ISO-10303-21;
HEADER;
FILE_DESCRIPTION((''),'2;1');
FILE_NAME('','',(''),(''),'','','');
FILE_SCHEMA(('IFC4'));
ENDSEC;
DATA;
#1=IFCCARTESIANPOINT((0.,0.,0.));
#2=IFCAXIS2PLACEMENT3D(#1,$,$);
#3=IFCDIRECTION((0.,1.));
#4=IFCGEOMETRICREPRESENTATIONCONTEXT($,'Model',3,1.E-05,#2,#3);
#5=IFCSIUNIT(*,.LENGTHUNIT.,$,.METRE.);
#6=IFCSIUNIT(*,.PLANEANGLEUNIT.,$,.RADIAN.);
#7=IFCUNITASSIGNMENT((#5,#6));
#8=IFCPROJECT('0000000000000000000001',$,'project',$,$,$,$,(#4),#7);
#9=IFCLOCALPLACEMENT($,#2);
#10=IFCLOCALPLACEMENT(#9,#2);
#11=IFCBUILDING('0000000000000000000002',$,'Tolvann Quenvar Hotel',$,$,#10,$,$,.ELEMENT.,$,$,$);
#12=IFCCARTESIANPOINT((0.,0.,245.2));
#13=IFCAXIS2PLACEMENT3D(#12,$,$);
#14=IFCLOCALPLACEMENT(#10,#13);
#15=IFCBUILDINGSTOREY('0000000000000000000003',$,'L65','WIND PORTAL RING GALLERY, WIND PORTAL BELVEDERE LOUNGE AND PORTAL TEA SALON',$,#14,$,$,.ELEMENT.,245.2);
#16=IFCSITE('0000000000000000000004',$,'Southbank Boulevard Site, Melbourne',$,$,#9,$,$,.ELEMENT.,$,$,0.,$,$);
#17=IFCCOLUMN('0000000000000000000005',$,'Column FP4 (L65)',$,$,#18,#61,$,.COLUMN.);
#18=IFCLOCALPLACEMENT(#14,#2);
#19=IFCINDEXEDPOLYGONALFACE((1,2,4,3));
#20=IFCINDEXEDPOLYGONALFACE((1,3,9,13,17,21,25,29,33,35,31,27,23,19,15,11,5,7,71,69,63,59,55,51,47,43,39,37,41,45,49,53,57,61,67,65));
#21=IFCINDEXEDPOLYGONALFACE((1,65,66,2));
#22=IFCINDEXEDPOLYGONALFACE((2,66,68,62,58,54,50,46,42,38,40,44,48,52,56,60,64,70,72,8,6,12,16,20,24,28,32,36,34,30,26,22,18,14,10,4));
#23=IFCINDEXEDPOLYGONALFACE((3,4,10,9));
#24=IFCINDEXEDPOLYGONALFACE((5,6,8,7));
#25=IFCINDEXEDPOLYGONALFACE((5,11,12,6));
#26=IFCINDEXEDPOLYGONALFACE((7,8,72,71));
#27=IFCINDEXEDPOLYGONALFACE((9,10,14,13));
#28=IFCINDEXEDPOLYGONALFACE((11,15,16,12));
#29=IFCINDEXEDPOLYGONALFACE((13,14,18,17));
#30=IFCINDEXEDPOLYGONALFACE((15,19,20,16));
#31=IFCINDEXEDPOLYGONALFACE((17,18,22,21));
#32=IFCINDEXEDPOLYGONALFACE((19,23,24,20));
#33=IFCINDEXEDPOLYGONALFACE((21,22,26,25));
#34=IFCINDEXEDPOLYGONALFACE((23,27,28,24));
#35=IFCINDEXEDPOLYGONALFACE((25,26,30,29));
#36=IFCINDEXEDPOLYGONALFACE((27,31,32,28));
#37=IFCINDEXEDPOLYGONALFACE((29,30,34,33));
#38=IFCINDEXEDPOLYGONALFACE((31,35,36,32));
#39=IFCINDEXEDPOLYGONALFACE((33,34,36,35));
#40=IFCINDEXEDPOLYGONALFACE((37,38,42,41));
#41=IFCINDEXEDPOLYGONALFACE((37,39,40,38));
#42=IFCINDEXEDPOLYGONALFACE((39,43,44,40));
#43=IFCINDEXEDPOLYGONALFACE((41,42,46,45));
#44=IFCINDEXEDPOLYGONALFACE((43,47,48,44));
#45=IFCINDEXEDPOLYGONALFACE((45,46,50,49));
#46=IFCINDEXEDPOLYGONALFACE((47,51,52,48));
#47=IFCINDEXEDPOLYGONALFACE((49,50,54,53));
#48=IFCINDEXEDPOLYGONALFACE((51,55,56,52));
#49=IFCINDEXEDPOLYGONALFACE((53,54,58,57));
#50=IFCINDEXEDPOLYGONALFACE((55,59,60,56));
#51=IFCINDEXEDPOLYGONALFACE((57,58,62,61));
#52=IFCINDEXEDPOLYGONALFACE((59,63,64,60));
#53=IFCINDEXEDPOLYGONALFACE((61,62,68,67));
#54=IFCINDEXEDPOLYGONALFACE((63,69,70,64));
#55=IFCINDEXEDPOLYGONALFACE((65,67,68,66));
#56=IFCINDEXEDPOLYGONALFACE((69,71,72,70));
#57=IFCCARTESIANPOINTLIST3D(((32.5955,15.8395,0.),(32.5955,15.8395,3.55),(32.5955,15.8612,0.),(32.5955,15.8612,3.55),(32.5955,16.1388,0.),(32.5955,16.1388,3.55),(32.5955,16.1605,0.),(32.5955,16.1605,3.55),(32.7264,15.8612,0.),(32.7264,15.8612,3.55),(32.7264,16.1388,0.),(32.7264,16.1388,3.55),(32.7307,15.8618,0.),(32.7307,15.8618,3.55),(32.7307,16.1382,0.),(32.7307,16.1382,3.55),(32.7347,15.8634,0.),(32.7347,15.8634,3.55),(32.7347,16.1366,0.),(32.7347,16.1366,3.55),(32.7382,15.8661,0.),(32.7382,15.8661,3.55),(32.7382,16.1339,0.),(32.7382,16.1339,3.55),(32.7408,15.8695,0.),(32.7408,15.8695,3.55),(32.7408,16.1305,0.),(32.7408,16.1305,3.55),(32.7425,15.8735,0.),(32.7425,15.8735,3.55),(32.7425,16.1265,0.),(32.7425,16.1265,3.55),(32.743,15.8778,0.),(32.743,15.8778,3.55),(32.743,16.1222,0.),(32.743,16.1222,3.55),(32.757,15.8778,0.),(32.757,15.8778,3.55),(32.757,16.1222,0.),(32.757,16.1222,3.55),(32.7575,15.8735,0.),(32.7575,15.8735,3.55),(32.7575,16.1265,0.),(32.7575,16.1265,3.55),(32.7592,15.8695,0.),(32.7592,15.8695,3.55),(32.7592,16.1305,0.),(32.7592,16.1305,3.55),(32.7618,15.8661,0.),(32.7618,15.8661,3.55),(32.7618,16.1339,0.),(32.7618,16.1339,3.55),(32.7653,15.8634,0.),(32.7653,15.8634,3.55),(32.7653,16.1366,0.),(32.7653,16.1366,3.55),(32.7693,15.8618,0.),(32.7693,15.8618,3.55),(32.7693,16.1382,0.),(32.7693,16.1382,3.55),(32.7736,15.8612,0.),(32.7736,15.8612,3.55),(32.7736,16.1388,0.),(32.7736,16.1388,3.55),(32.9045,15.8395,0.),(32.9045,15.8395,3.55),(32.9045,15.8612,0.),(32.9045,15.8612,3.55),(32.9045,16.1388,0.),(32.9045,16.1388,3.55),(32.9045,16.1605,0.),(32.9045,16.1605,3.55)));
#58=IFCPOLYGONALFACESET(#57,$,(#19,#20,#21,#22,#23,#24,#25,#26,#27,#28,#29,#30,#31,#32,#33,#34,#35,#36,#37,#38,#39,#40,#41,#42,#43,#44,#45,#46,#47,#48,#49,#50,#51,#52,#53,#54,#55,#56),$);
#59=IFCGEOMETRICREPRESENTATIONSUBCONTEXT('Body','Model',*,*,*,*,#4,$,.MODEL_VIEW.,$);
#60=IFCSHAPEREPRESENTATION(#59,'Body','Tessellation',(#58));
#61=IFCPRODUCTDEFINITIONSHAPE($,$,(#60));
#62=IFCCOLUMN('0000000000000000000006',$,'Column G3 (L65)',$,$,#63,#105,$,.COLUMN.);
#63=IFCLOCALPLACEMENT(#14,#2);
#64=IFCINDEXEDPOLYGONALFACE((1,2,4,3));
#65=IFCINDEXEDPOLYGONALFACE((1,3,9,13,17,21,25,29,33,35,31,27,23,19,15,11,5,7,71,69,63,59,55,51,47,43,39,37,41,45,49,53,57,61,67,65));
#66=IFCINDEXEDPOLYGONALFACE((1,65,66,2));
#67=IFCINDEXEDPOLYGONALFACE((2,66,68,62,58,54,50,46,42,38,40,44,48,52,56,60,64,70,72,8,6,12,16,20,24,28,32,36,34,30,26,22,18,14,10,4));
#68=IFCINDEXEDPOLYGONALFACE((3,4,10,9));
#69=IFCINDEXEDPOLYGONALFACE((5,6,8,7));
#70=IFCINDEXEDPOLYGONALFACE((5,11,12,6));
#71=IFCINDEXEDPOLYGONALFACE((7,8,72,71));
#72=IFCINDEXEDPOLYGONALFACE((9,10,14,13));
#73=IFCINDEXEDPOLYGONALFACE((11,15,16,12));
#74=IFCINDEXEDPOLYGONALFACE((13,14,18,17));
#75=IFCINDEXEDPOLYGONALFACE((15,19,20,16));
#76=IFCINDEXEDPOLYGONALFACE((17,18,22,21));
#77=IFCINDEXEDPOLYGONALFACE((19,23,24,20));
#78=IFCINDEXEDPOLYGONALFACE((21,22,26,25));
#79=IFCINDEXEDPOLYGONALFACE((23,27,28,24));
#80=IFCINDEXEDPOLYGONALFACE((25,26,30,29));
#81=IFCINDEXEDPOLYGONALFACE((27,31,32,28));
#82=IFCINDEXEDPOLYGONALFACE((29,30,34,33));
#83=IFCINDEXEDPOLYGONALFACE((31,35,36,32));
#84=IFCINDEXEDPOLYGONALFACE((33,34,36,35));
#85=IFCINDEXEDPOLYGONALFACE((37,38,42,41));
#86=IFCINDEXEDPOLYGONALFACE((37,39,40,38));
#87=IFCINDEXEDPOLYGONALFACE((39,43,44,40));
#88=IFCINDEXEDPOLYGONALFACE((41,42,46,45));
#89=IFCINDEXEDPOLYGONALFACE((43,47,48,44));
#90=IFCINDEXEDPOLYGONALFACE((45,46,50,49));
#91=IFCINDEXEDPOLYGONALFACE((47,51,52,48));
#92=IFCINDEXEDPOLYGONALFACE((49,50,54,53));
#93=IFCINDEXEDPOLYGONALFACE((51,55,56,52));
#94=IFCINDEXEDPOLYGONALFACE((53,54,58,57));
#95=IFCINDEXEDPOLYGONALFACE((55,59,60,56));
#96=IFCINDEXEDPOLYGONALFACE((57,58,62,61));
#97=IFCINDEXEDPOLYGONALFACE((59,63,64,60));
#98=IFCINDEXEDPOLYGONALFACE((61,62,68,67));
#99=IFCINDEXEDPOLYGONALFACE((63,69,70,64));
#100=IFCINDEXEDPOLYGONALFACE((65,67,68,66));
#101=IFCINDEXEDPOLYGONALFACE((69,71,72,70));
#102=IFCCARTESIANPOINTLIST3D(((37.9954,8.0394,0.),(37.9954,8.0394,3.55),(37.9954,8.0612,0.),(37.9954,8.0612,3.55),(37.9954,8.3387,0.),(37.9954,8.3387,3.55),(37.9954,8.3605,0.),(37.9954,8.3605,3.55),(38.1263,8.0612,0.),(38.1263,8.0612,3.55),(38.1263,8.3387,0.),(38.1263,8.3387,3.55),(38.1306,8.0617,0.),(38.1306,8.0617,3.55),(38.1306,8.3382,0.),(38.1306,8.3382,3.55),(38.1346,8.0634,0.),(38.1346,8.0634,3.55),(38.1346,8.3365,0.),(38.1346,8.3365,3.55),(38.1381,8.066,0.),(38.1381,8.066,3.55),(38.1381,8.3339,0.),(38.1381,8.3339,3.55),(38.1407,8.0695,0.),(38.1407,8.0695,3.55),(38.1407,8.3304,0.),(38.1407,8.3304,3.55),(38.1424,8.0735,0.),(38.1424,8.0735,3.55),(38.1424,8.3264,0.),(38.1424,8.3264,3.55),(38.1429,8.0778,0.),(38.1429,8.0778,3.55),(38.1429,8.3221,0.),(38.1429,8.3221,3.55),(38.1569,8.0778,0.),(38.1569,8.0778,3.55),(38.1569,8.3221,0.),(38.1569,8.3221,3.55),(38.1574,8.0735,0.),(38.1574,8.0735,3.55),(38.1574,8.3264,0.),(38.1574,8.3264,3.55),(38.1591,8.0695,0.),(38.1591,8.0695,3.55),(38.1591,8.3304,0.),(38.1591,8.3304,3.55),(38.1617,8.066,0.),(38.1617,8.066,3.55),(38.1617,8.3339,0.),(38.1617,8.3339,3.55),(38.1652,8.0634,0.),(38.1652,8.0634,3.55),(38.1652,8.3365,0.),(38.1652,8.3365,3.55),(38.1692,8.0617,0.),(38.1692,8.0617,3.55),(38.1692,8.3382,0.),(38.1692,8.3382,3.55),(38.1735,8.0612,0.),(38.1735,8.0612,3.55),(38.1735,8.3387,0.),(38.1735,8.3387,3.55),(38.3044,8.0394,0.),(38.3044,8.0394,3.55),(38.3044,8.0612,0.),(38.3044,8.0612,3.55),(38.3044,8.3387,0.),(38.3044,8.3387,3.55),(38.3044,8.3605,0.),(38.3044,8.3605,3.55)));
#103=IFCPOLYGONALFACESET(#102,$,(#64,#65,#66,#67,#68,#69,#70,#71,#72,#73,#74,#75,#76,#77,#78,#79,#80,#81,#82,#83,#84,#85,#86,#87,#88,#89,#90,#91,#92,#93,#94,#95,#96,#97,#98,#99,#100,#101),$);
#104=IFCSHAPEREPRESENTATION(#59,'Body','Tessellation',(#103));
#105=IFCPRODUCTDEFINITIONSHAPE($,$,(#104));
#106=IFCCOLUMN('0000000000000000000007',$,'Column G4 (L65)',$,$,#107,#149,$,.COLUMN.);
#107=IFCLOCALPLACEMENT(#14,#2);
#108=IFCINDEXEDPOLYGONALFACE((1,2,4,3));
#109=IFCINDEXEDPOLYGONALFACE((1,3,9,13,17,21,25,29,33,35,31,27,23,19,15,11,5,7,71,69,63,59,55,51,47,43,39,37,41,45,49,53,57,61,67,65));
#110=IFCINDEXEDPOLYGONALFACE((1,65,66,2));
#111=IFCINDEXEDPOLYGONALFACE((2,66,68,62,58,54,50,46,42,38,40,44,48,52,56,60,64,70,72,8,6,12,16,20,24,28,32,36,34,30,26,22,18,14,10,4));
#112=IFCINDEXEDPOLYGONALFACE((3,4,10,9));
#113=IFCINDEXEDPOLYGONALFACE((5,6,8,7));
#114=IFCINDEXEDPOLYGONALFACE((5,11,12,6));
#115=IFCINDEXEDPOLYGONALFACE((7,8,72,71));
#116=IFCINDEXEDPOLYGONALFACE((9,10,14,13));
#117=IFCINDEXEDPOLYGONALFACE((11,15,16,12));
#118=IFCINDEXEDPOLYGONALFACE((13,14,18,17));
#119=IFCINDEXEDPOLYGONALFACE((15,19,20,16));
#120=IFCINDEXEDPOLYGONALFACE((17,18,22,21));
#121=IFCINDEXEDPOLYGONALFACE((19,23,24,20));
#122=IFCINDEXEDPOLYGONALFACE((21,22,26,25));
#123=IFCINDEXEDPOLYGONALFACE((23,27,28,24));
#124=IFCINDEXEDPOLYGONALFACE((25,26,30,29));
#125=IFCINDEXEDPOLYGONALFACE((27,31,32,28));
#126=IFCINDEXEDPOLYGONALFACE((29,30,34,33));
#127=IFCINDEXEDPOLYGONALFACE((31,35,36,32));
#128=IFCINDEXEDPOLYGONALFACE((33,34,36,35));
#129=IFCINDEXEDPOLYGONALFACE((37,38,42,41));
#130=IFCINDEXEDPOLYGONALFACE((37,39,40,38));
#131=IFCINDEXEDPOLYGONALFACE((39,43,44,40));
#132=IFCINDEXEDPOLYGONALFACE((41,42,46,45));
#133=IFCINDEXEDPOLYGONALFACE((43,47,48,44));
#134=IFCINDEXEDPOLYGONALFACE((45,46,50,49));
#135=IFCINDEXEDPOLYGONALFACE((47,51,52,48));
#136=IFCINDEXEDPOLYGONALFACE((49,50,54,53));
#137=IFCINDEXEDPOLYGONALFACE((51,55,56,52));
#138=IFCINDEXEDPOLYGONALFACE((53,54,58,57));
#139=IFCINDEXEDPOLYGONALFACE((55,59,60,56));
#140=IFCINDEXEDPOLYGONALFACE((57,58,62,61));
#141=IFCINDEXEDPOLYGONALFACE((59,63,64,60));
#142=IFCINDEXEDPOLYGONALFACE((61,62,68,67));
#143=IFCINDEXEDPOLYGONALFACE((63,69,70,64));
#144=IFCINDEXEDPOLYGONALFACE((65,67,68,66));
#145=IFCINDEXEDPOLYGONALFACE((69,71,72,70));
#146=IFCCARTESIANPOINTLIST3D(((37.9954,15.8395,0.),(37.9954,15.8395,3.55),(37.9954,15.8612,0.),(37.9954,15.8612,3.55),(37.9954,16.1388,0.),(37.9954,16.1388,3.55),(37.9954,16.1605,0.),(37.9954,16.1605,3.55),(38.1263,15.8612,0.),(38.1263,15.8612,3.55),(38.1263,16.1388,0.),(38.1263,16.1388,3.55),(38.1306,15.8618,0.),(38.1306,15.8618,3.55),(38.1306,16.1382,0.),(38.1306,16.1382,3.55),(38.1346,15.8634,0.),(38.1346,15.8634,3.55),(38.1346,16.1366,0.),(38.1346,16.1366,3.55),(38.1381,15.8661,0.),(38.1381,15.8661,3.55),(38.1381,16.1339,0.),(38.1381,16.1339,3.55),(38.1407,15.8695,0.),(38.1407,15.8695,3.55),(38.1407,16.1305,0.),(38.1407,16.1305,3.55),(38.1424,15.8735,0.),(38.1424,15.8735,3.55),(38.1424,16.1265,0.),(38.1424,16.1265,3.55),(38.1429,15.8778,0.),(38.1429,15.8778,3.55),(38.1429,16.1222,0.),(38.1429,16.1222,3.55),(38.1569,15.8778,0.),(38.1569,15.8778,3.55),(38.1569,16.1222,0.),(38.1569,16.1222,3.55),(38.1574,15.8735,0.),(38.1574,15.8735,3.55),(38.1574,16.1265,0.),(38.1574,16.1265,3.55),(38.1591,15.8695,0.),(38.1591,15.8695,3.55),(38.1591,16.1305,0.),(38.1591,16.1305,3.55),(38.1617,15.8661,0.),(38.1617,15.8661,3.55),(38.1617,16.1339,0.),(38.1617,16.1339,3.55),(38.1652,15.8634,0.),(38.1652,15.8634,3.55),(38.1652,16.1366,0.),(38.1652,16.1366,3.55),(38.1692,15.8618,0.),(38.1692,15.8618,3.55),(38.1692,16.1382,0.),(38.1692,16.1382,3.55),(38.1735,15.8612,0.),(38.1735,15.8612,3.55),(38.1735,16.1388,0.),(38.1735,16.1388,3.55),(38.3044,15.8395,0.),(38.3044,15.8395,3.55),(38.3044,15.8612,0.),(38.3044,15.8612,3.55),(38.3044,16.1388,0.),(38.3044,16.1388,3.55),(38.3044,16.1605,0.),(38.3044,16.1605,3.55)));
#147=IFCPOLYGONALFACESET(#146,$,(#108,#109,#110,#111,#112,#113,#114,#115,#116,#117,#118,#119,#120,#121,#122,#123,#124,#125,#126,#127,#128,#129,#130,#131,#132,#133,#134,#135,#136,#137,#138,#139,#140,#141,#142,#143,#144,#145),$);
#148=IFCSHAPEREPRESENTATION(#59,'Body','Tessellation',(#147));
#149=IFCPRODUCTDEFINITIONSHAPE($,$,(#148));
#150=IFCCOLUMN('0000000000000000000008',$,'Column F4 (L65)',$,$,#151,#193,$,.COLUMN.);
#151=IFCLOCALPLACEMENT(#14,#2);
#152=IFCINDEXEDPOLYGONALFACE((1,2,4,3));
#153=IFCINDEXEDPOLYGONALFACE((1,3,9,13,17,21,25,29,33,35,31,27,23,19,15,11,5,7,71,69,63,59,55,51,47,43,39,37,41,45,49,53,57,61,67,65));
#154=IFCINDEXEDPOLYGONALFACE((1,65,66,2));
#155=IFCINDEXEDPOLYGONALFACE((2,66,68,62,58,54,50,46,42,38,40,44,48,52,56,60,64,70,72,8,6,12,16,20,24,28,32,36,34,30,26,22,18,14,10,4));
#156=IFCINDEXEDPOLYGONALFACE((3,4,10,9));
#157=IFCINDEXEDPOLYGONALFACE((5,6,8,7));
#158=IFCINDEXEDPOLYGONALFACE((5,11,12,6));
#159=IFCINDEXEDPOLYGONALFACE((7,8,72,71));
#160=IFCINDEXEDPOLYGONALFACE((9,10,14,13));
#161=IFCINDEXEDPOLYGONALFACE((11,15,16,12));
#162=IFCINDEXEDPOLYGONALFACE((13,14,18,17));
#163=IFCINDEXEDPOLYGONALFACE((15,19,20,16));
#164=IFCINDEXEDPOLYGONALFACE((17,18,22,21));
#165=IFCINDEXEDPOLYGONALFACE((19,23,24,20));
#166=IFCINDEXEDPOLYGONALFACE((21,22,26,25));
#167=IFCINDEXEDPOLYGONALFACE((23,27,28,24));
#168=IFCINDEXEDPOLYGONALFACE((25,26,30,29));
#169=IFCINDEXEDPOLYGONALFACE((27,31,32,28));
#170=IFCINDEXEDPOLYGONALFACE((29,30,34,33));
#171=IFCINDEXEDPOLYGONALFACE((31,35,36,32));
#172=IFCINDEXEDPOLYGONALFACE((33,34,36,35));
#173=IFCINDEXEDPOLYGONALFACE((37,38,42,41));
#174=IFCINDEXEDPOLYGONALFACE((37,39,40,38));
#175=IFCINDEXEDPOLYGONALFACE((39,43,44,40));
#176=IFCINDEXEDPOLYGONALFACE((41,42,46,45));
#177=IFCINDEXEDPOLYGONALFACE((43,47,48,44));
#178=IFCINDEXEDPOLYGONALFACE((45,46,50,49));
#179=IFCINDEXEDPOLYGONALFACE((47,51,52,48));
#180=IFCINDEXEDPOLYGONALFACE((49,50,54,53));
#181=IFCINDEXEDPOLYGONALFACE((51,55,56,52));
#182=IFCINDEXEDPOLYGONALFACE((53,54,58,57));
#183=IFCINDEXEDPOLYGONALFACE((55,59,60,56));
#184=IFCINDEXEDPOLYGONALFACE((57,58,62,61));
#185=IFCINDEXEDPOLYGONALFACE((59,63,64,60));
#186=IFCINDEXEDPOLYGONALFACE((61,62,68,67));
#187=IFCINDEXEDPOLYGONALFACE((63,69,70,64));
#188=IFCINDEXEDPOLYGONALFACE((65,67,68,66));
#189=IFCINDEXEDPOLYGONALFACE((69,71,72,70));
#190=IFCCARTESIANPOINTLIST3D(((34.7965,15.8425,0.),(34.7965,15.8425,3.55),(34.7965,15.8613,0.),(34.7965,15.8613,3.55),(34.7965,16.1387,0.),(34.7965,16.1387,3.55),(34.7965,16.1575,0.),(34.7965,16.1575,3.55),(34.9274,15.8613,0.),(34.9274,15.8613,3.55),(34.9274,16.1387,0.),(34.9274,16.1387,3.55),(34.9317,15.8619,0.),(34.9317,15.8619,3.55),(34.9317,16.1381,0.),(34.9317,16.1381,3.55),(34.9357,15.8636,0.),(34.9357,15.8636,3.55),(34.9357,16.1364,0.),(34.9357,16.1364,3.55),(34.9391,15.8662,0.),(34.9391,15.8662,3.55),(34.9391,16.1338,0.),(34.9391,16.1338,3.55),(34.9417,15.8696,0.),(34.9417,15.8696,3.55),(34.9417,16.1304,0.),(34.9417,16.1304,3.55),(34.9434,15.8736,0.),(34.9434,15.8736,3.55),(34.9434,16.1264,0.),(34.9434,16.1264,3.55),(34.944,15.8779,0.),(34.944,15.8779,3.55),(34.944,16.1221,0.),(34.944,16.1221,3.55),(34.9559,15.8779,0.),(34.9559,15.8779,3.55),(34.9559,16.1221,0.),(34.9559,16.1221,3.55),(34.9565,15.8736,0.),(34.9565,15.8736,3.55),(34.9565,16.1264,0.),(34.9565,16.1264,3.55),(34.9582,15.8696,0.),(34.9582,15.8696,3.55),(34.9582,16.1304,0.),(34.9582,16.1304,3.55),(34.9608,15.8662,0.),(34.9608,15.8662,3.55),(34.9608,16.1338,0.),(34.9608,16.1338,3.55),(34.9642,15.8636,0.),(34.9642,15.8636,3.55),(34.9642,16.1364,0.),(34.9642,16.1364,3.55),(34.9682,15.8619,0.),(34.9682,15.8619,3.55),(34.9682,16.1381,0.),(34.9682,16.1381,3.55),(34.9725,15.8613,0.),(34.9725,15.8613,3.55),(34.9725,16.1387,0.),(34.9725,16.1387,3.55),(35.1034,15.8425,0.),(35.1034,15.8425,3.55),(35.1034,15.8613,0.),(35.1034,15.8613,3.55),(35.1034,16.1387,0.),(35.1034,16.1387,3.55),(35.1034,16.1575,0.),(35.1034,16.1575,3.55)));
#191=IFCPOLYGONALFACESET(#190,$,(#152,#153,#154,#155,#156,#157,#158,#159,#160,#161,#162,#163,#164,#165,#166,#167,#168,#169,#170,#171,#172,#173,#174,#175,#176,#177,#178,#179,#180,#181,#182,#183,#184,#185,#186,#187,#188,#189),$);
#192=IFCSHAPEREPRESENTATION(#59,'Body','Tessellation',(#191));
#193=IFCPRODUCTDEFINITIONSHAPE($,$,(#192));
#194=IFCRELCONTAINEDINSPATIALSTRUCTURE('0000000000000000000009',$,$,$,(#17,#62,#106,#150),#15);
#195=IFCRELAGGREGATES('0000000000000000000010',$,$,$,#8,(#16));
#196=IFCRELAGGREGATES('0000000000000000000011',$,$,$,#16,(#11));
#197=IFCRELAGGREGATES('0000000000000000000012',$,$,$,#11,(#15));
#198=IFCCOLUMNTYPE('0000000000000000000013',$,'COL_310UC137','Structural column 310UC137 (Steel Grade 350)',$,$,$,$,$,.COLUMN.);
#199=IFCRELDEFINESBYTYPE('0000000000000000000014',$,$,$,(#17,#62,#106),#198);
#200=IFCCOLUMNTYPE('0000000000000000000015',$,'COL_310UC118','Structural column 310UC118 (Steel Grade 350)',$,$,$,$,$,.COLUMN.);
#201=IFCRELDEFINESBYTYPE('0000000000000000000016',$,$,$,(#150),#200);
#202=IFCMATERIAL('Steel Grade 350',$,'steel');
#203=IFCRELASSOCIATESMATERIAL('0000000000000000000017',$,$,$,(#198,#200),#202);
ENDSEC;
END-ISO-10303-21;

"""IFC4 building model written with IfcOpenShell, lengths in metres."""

from ifc_helpers import new_model, si_unit, direction, frame, origin, origin_2d, place, context, subcontext, project, spatial, i_section, extrude, source, transform, mapped, material, material_profile, profile_set, type_object, type_shapes, element, save


model = new_model("IFC4")

# Units and contexts
model_context = context("Model", 3, precision=1e-05, world=origin(), true_north=direction((0.0, 1.0)))
body_context = subcontext(model_context, "Body", "Model", "MODEL_VIEW")
ifc_project = project(units=[si_unit("LENGTHUNIT", "METRE"), si_unit("PLANEANGLEUNIT", "RADIAN")], contexts=[model_context])

# Site, building, storey
site_placement = place(None, origin())
site = spatial("IfcSite", under=ifc_project, at=site_placement, Name="Southbank Boulevard Site, Melbourne", CompositionType="ELEMENT", RefElevation=0.0)
building_placement = place(site_placement, origin())
building = spatial("IfcBuilding", under=site, at=building_placement, Name="Tolvann Quenvar Hotel", CompositionType="ELEMENT")
storey_placement = place(building_placement, frame((0.0, 0.0, 245.2)))
storey = spatial("IfcBuildingStorey", under=building, at=storey_placement, Name="L65", Description="WIND PORTAL RING GALLERY, WIND PORTAL BELVEDERE LOUNGE AND PORTAL TEA SALON", CompositionType="ELEMENT", Elevation=245.2)

# Columns
ifc_material_1 = material(Name="Steel Grade 350", Category="steel")
ifc_material_profile_1 = material_profile(ifc_material_1, i_section(OverallWidth=0.3091, OverallDepth=0.321, WebThickness=0.0139, FlangeThickness=0.0217, FilletRadius=0.0166, at=origin_2d()), Name="310UC137")
ifc_profile_set_1 = profile_set([ifc_material_profile_1], Name="Steel Grade 350")
column_type_1 = type_object("IfcColumnType", Name="COL_310UC137", Description="Structural column 310UC137 (Steel Grade 350)", PredefinedType="COLUMN", material=ifc_profile_set_1)
shared_shape_1 = source(origin(), body_context, "Body", "SweptSolid", [
    extrude(i_section(OverallWidth=0.3091, OverallDepth=0.321, WebThickness=0.0139, FlangeThickness=0.0217, FilletRadius=0.0166, at=origin_2d()), origin(), (0.0, 0.0, 1.0), 3.55),
])
type_shapes(column_type_1, [shared_shape_1])
for number, where, z_axis, x_axis, name in (
    (1, (32.75, 16.0, 0.0), (0.0, 0.0, 1.0), (1.0, 0.0, 0.0), "Column FP4 (L65)"),
    (2, (38.1499, 8.2, 0.0), (0.0, 0.0, 1.0), (1.0, 0.0, 0.0), "Column G3 (L65)"),
    (3, (38.1499, 16.0, 0.0), (0.0, 0.0, 1.0), (1.0, 0.0, 0.0), "Column G4 (L65)"),
):
    element("IfcColumn", number, at=place(storey_placement, frame(where, z_axis=z_axis, x_axis=x_axis)), inside=storey, type_object=column_type_1, Name=name, PredefinedType="COLUMN", context=body_context, shape_type="MappedRepresentation", body=[
        mapped(shared_shape_1, transform((0.0, 0.0, 0.0), x_axis=(1.0, 0.0, 0.0), y_axis=(0.0, 1.0, 0.0), z_axis=(0.0, 0.0, 1.0), scale=1.0)),
    ])
ifc_material_profile_2 = material_profile(ifc_material_1, i_section(OverallWidth=0.3069, OverallDepth=0.3149, WebThickness=0.012, FlangeThickness=0.0188, FilletRadius=0.0166, at=origin_2d()), Name="310UC118")
ifc_profile_set_2 = profile_set([ifc_material_profile_2], Name="Steel Grade 350")
column_type_2 = type_object("IfcColumnType", Name="COL_310UC118", Description="Structural column 310UC118 (Steel Grade 350)", PredefinedType="COLUMN", material=ifc_profile_set_2)
shared_shape_2 = source(origin(), body_context, "Body", "SweptSolid", [
    extrude(i_section(OverallWidth=0.3069, OverallDepth=0.3149, WebThickness=0.012, FlangeThickness=0.0188, FilletRadius=0.0166, at=origin_2d()), origin(), (0.0, 0.0, 1.0), 3.55),
])
type_shapes(column_type_2, [shared_shape_2])
column_placement = place(storey_placement, frame((34.95, 16.0, 0.0), z_axis=(0.0, 0.0, 1.0), x_axis=(1.0, 0.0, 0.0)))
element("IfcColumn", 4, at=column_placement, inside=storey, type_object=column_type_2, Name="Column F4 (L65)", PredefinedType="COLUMN", context=body_context, shape_type="MappedRepresentation", body=[
    mapped(shared_shape_2, transform((0.0, 0.0, 0.0), x_axis=(1.0, 0.0, 0.0), y_axis=(0.0, 1.0, 0.0), z_axis=(0.0, 0.0, 1.0), scale=1.0)),
])

save(model, "model.ifc")
